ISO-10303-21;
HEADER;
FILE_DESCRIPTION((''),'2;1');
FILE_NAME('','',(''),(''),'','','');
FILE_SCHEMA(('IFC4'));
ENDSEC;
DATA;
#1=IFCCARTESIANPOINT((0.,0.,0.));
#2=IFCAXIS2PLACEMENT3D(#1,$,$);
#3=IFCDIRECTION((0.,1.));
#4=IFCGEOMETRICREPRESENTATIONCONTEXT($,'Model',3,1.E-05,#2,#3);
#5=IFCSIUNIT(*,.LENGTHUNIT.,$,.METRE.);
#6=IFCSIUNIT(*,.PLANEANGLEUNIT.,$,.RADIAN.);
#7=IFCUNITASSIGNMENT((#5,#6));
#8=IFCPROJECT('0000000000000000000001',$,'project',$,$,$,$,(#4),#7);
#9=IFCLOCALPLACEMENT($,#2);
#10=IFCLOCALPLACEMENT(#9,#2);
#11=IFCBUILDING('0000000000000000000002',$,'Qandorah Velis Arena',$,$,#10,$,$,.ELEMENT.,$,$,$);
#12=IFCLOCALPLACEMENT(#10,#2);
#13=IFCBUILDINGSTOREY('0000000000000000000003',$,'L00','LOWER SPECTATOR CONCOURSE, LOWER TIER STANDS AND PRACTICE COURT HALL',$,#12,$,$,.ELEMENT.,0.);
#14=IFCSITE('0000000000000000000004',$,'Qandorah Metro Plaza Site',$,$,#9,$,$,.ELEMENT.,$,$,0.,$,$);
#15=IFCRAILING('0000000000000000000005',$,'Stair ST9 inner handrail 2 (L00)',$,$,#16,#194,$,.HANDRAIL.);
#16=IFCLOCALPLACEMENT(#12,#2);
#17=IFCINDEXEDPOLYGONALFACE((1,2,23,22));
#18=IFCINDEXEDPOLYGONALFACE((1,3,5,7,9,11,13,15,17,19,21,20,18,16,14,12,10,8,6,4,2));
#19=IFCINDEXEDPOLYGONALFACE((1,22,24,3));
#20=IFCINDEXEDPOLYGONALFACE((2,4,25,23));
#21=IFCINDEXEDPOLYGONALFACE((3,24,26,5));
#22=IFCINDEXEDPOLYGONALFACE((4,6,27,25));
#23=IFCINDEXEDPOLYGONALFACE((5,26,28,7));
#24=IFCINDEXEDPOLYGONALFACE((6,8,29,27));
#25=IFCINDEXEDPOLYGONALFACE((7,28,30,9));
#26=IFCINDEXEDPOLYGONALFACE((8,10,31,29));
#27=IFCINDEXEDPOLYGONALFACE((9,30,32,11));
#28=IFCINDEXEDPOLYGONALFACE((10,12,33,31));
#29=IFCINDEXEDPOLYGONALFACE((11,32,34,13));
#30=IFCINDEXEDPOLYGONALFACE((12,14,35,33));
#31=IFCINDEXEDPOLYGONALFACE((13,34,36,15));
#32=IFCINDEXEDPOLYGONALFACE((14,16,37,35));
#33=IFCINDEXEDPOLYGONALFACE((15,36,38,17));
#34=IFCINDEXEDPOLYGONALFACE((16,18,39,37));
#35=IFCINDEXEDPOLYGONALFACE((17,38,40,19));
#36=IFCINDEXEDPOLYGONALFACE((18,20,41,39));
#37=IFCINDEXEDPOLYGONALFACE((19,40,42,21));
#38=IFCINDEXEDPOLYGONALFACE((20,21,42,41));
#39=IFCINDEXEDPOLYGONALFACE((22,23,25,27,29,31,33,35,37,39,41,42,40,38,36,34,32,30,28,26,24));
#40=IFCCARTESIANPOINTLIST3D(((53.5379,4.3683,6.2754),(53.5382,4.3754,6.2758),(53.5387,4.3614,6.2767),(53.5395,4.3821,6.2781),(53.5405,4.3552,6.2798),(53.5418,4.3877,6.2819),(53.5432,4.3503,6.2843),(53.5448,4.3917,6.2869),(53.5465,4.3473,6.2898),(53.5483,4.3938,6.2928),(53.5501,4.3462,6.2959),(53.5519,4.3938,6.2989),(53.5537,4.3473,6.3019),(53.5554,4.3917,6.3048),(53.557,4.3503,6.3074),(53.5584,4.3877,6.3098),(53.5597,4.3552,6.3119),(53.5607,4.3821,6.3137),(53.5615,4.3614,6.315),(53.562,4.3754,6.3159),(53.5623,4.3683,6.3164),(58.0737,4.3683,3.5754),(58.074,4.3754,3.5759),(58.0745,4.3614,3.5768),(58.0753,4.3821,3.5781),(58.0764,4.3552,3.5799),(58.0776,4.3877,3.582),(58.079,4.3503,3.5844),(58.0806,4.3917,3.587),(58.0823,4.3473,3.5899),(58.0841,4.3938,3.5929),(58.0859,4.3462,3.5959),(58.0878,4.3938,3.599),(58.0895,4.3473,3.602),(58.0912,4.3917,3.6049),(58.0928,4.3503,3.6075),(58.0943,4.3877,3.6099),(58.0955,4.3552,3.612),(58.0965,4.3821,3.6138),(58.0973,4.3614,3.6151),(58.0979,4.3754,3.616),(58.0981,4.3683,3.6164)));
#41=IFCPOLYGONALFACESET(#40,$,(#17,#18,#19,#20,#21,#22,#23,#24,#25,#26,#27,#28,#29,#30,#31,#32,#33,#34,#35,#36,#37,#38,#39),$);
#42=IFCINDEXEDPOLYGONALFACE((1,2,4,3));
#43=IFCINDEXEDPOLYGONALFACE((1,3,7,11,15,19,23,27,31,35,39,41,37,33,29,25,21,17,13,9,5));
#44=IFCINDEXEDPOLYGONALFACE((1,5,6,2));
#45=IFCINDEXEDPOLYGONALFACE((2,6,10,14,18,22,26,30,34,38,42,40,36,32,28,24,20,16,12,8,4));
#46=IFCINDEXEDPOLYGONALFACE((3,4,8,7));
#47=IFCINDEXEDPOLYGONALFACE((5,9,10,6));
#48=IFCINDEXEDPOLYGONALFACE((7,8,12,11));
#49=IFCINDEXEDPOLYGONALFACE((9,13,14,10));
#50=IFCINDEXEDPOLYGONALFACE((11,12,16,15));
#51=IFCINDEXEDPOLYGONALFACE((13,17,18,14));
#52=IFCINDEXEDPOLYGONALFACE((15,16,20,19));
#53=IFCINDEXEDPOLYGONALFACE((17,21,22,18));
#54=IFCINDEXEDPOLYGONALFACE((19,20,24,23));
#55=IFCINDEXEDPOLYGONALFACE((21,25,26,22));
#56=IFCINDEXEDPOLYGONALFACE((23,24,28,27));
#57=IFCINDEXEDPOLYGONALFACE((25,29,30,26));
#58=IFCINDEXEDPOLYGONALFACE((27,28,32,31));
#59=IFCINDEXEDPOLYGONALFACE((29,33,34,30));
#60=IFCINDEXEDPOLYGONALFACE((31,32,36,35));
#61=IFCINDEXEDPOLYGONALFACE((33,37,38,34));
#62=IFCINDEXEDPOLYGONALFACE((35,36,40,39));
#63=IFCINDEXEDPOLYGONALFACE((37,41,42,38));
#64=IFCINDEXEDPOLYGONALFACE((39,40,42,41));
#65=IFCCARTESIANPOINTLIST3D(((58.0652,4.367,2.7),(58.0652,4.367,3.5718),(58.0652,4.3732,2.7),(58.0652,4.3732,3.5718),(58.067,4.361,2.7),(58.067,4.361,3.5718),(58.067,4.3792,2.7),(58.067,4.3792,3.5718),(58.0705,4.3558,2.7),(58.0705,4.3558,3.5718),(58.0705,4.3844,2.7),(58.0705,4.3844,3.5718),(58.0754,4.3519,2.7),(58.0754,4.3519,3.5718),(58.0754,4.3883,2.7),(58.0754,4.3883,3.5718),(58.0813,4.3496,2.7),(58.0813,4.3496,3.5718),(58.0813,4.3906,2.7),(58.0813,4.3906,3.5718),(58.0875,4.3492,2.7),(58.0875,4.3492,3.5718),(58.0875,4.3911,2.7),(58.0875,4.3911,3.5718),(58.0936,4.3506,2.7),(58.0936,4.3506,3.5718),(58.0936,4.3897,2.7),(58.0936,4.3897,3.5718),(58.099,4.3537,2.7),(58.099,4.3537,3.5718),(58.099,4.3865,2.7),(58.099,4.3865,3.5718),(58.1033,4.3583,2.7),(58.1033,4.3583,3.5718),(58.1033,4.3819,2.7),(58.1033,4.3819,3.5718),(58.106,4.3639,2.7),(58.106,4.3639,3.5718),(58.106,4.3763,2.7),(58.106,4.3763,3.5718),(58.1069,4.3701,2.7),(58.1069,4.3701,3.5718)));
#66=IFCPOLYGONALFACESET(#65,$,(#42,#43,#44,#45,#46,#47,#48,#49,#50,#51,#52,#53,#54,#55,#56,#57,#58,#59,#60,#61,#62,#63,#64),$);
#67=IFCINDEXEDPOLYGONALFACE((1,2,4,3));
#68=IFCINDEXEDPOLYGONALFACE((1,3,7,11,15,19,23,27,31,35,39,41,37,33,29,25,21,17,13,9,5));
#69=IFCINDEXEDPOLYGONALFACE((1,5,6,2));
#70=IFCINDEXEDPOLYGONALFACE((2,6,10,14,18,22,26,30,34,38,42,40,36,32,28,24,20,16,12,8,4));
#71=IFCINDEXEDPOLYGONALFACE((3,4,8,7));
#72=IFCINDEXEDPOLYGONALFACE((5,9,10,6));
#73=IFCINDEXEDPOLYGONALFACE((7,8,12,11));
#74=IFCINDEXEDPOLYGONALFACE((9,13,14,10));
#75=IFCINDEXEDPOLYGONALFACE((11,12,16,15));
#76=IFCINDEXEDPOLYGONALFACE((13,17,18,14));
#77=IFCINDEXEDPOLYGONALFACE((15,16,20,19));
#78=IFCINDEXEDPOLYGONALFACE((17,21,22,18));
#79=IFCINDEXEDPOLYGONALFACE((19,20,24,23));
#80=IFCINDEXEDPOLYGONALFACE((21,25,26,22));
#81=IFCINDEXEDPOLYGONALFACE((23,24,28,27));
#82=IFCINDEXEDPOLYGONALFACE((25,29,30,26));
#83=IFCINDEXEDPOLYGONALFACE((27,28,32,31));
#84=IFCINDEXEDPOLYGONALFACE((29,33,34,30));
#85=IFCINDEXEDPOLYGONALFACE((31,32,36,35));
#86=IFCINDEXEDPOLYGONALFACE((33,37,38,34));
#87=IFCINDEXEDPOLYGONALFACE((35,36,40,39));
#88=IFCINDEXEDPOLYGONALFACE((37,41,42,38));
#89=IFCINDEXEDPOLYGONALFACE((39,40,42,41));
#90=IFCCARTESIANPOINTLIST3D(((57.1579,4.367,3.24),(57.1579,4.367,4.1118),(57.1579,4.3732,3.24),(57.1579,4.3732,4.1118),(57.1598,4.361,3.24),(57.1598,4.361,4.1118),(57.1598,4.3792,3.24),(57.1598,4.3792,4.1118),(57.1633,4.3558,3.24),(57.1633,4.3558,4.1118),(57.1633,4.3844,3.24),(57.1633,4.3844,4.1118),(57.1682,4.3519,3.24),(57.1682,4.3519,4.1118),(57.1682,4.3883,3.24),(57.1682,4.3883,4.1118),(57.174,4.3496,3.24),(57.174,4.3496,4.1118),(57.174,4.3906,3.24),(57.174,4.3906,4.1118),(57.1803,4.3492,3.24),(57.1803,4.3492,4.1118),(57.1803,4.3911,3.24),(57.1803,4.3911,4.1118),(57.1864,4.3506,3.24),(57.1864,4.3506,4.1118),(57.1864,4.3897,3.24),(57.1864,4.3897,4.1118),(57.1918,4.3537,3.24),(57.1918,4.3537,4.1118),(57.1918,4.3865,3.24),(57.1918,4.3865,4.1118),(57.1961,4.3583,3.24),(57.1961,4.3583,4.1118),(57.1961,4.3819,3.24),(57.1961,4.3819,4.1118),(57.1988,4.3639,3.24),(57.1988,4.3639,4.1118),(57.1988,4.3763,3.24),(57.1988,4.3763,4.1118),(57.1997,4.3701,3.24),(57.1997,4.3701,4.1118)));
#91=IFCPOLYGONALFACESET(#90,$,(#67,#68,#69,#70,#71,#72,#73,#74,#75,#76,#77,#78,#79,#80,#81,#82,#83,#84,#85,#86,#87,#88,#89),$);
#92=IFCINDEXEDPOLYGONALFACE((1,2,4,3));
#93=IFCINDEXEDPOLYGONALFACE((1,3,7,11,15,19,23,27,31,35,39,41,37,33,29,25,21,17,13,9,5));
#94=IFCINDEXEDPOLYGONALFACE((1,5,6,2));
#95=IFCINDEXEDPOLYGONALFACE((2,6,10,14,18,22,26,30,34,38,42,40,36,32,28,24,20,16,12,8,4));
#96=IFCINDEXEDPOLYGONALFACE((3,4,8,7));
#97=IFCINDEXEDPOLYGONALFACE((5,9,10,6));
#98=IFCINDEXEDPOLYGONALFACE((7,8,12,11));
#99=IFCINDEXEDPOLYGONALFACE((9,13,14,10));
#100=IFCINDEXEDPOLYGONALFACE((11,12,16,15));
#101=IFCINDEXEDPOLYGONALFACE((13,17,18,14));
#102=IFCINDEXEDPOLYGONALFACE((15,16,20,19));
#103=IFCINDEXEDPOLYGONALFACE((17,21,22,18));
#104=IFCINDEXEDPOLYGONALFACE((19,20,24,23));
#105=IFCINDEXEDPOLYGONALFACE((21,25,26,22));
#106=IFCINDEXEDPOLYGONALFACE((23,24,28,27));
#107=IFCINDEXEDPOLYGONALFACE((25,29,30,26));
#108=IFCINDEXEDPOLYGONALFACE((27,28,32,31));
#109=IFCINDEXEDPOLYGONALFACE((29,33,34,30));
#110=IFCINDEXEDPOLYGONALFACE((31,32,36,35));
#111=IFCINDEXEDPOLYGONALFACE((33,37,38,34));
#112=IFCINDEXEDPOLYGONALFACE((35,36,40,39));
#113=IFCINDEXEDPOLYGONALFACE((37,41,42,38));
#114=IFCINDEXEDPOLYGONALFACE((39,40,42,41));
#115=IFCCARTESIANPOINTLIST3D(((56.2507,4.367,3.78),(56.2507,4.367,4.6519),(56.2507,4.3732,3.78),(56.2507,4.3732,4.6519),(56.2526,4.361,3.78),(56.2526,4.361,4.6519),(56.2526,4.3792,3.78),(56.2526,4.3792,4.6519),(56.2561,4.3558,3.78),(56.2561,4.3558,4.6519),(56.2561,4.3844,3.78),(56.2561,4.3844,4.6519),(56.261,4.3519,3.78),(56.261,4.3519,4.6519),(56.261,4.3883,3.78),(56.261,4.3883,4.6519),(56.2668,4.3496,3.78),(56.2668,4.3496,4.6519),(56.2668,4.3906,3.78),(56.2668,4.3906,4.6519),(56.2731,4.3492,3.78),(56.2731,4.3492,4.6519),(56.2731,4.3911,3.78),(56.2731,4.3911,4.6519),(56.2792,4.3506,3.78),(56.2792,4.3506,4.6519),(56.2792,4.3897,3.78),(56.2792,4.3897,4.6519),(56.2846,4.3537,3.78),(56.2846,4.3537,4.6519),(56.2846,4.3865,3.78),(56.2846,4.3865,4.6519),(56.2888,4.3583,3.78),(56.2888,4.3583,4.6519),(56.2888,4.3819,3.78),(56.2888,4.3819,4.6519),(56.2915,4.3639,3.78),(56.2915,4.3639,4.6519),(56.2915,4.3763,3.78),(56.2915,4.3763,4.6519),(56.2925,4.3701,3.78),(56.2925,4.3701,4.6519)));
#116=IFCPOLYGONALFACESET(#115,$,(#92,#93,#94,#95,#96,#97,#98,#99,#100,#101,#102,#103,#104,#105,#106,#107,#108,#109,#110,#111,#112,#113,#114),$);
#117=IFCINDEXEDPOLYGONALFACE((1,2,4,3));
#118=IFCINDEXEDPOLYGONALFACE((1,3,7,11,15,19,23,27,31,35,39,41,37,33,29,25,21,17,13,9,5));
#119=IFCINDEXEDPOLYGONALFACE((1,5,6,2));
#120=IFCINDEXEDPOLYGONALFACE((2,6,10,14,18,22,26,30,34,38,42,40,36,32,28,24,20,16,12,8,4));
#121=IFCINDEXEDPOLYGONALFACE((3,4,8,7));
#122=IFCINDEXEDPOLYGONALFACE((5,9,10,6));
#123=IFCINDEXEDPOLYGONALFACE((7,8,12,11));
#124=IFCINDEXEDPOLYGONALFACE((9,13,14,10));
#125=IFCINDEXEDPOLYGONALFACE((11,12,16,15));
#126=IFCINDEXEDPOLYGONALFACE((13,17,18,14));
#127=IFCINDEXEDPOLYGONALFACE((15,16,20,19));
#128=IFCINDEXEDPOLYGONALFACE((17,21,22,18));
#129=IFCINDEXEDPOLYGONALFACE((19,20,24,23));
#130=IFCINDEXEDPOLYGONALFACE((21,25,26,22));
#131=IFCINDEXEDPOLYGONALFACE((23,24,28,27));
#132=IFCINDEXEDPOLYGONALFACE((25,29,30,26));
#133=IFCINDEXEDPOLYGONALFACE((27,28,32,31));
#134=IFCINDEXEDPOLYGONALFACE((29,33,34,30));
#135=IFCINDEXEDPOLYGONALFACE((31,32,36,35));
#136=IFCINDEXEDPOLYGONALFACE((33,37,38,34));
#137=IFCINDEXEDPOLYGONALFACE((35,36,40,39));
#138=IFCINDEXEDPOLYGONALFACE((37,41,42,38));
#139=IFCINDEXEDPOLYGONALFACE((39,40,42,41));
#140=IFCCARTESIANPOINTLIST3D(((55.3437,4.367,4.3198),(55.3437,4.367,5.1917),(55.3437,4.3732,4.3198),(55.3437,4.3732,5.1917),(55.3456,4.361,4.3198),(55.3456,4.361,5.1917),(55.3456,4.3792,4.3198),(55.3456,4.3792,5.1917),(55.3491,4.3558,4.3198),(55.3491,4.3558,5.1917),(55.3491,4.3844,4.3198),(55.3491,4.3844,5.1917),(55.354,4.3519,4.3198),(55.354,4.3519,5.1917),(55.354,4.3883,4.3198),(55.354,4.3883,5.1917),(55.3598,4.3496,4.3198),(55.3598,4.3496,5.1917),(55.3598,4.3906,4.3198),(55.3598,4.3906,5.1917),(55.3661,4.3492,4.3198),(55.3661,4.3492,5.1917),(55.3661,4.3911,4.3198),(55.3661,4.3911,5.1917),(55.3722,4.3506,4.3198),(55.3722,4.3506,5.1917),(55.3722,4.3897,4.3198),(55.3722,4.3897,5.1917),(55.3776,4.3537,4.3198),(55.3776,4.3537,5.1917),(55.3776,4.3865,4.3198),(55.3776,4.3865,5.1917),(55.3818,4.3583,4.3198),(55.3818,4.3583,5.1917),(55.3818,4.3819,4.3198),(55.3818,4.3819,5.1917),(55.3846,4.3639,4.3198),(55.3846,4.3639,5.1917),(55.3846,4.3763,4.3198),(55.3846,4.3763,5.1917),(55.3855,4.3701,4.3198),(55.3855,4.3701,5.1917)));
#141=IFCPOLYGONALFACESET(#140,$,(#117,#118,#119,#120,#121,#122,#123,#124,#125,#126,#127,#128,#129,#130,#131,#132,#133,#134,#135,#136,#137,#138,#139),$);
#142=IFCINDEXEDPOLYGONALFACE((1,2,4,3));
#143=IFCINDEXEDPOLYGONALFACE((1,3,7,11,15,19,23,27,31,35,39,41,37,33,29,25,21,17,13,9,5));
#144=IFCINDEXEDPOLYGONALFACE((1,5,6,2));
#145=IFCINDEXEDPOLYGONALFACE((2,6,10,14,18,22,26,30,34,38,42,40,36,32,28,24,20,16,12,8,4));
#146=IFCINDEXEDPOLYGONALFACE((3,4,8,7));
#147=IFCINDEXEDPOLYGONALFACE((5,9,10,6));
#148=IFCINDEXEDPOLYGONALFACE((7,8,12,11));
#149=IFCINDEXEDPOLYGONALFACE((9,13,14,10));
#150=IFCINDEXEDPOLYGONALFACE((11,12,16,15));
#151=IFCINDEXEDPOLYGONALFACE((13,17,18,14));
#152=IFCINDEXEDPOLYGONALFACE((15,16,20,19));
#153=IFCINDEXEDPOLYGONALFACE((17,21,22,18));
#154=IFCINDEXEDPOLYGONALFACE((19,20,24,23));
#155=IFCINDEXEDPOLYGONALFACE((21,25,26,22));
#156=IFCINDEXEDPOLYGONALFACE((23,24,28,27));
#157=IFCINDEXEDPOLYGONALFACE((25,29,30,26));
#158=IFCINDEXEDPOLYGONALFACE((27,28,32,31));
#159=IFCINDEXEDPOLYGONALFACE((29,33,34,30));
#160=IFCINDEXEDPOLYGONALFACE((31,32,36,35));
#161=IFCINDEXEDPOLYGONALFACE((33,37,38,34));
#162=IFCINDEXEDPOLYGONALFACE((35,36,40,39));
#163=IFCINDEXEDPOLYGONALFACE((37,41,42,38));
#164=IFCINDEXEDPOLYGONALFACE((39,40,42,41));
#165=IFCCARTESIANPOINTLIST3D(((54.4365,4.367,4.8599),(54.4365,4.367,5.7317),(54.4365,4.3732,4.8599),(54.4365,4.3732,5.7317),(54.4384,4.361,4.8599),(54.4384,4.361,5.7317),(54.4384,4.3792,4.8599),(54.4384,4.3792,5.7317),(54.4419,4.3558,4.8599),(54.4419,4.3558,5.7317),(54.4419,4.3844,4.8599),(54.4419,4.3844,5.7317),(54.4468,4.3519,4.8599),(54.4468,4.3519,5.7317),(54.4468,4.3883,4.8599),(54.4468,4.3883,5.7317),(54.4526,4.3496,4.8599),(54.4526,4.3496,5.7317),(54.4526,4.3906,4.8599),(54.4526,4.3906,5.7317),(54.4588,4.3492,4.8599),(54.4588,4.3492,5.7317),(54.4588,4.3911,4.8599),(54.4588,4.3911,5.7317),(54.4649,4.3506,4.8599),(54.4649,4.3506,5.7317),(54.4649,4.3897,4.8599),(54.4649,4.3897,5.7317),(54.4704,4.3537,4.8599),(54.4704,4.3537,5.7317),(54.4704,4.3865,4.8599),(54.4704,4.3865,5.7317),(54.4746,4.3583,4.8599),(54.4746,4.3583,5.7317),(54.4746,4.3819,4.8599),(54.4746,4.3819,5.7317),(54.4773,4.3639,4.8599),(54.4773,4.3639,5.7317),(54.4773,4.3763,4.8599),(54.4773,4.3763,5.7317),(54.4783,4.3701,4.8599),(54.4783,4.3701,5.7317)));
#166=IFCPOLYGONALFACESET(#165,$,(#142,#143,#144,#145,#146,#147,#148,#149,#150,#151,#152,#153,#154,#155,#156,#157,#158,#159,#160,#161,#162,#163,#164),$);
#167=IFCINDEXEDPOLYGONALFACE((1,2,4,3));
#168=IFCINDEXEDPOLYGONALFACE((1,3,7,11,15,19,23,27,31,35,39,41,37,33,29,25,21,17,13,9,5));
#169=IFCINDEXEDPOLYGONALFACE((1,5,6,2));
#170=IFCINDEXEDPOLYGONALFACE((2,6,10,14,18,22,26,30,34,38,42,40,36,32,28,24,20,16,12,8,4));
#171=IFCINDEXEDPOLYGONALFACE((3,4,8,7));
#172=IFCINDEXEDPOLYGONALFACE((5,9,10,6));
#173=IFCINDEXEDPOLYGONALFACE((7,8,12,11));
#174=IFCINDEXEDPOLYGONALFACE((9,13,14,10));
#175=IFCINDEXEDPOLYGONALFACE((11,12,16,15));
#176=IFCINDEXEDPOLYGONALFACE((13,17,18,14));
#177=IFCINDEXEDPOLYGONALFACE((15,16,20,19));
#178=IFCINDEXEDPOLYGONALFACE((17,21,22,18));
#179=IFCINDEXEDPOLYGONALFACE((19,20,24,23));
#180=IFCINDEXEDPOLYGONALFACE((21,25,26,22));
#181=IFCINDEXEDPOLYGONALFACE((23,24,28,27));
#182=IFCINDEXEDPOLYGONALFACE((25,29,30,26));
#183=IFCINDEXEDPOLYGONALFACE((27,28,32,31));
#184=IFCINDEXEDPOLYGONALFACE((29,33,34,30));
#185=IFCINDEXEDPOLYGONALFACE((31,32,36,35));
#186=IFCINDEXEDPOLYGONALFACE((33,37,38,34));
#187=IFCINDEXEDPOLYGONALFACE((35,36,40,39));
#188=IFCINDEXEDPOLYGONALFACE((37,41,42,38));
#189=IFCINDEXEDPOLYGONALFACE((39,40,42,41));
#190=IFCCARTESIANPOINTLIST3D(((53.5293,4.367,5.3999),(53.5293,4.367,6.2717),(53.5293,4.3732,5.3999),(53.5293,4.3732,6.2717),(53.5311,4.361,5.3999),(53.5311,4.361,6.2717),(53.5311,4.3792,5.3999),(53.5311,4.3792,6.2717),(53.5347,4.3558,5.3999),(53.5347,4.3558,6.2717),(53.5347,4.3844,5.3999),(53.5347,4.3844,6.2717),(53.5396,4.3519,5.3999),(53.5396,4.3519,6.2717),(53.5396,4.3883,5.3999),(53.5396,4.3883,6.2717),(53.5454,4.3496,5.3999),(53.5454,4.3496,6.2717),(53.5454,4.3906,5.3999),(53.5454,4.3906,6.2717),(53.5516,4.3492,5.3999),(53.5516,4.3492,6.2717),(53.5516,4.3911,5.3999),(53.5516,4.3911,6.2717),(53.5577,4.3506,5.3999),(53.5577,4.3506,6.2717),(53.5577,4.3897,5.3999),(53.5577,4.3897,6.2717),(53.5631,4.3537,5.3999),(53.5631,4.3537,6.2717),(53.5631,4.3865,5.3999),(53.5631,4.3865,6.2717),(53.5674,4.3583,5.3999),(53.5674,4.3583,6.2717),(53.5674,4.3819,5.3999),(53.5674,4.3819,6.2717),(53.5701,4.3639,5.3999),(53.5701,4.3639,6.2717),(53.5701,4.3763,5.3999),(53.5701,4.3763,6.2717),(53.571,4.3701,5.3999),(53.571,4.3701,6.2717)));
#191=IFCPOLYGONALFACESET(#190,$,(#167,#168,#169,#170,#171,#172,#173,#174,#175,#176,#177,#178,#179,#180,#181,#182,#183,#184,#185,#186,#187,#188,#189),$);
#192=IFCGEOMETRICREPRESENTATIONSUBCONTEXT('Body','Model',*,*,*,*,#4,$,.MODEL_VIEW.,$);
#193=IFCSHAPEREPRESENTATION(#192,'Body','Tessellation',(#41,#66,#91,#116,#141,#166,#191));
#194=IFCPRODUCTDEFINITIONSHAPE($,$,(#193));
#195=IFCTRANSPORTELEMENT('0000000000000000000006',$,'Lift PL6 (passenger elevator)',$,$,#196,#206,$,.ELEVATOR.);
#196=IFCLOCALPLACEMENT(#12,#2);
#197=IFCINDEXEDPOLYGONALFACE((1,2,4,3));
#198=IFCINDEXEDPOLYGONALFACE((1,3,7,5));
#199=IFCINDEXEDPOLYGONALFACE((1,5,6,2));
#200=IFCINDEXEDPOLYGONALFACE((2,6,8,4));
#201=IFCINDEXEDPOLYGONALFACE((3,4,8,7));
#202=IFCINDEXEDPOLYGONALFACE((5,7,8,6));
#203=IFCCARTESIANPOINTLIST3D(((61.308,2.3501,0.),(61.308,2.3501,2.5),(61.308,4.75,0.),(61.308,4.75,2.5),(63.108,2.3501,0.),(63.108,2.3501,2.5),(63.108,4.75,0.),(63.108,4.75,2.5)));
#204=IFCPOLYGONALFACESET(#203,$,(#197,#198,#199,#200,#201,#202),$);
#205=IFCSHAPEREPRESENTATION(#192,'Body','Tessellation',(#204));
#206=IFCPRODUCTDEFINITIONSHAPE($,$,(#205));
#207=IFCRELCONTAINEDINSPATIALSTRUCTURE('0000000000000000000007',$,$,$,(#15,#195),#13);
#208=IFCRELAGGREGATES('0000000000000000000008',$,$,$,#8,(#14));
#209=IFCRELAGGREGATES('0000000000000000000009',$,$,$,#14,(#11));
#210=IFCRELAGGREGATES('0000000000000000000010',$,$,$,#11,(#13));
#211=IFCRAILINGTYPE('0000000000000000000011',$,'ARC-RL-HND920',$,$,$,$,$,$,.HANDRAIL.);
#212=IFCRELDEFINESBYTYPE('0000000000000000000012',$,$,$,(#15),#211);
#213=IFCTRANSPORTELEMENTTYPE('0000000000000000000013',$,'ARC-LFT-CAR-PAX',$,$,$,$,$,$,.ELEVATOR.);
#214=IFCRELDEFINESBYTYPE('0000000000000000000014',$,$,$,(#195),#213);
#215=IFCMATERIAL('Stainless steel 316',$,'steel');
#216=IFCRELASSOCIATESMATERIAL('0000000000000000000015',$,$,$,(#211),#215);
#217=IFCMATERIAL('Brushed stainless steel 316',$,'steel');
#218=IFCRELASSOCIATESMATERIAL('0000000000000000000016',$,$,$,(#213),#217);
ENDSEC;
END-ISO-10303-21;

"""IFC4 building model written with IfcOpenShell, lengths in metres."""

from ifc_helpers import new_model, si_unit, direction, frame, origin, origin_2d, place, context, subcontext, project, spatial, rectangle, circle, extrude, material, type_object, element, save


model = new_model("IFC4")

# Units and contexts
model_context = context("Model", 3, precision=1e-05, world=origin(), true_north=direction((0.0, 1.0)))
body_context = subcontext(model_context, "Body", "Model", "MODEL_VIEW")
ifc_project = project(units=[si_unit("LENGTHUNIT", "METRE"), si_unit("PLANEANGLEUNIT", "RADIAN")], contexts=[model_context])

# Site, building, storey
site_placement = place(None, origin())
site = spatial("IfcSite", under=ifc_project, at=site_placement, Name="Qandorah Metro Plaza Site", CompositionType="ELEMENT", RefElevation=0.0)
building_placement = place(site_placement, origin())
building = spatial("IfcBuilding", under=site, at=building_placement, Name="Qandorah Velis Arena", CompositionType="ELEMENT")
storey_placement = place(building_placement, origin())
storey = spatial("IfcBuildingStorey", under=building, at=storey_placement, Name="L00", Description="LOWER SPECTATOR CONCOURSE, LOWER TIER STANDS AND PRACTICE COURT HALL", CompositionType="ELEMENT", Elevation=0.0)

# Railing
ifc_material_1 = material(Name="Stainless steel 316", Category="steel")
railing_type_1 = type_object("IfcRailingType", Name="ARC-RL-HND920", PredefinedType="HANDRAIL", material=ifc_material_1)
railing_1_placement = place(storey_placement, frame((58.0859, 4.3701, 2.7)))
element("IfcRailing", 1, at=railing_1_placement, inside=storey, type_object=railing_type_1, Name="Stair ST9 inner handrail 2 (L00)", PredefinedType="HANDRAIL", context=body_context, shape_type="SweptSolid", body=[
    extrude(circle(Radius=0.0239, at=origin_2d()), frame((0.0, 0.0, 0.896), z_axis=(-0.859291, 0.0, 0.511486), x_axis=(0.0, -1.0, 0.0)), (0.0, 0.0, 1.0), 5.2786),
    extrude(circle(Radius=0.021, at=origin_2d()), origin(), (0.0, 0.0, 1.0), 0.8718),
    extrude(circle(Radius=0.021, at=origin_2d()), frame((-0.9072, 0.0, 0.54)), (0.0, 0.0, 1.0), 0.8718),
    extrude(circle(Radius=0.021, at=origin_2d()), frame((-1.8145, 0.0, 1.0801)), (0.0, 0.0, 1.0), 0.8718),
    extrude(circle(Radius=0.021, at=origin_2d()), frame((-2.7214, 0.0, 1.6199)), (0.0, 0.0, 1.0), 0.8718),
    extrude(circle(Radius=0.021, at=origin_2d()), frame((-3.6287, 0.0, 2.1599)), (0.0, 0.0, 1.0), 0.8718),
    extrude(circle(Radius=0.021, at=origin_2d()), frame((-4.5359, 0.0, 2.7)), (0.0, 0.0, 1.0), 0.8718),
])

# Transport element
ifc_material_2 = material(Name="Brushed stainless steel 316", Category="steel")
transport_element_type = type_object("IfcTransportElementType", Name="ARC-LFT-CAR-PAX", PredefinedType="ELEVATOR", material=ifc_material_2)
transport_element_placement = place(storey_placement, frame((62.208, 3.55, 0.0), z_axis=(0.0, 0.0, 1.0), x_axis=(1.0, 0.0, 0.0)))
element("IfcTransportElement", 2, at=transport_element_placement, inside=storey, type_object=transport_element_type, Name="Lift PL6 (passenger elevator)", PredefinedType="ELEVATOR", context=body_context, shape_type="SweptSolid", body=[
    extrude(rectangle(XDim=1.8, YDim=2.3999, at=origin_2d()), origin(), (0.0, 0.0, 1.0), 2.5),
])

save(model, "model.ifc")
